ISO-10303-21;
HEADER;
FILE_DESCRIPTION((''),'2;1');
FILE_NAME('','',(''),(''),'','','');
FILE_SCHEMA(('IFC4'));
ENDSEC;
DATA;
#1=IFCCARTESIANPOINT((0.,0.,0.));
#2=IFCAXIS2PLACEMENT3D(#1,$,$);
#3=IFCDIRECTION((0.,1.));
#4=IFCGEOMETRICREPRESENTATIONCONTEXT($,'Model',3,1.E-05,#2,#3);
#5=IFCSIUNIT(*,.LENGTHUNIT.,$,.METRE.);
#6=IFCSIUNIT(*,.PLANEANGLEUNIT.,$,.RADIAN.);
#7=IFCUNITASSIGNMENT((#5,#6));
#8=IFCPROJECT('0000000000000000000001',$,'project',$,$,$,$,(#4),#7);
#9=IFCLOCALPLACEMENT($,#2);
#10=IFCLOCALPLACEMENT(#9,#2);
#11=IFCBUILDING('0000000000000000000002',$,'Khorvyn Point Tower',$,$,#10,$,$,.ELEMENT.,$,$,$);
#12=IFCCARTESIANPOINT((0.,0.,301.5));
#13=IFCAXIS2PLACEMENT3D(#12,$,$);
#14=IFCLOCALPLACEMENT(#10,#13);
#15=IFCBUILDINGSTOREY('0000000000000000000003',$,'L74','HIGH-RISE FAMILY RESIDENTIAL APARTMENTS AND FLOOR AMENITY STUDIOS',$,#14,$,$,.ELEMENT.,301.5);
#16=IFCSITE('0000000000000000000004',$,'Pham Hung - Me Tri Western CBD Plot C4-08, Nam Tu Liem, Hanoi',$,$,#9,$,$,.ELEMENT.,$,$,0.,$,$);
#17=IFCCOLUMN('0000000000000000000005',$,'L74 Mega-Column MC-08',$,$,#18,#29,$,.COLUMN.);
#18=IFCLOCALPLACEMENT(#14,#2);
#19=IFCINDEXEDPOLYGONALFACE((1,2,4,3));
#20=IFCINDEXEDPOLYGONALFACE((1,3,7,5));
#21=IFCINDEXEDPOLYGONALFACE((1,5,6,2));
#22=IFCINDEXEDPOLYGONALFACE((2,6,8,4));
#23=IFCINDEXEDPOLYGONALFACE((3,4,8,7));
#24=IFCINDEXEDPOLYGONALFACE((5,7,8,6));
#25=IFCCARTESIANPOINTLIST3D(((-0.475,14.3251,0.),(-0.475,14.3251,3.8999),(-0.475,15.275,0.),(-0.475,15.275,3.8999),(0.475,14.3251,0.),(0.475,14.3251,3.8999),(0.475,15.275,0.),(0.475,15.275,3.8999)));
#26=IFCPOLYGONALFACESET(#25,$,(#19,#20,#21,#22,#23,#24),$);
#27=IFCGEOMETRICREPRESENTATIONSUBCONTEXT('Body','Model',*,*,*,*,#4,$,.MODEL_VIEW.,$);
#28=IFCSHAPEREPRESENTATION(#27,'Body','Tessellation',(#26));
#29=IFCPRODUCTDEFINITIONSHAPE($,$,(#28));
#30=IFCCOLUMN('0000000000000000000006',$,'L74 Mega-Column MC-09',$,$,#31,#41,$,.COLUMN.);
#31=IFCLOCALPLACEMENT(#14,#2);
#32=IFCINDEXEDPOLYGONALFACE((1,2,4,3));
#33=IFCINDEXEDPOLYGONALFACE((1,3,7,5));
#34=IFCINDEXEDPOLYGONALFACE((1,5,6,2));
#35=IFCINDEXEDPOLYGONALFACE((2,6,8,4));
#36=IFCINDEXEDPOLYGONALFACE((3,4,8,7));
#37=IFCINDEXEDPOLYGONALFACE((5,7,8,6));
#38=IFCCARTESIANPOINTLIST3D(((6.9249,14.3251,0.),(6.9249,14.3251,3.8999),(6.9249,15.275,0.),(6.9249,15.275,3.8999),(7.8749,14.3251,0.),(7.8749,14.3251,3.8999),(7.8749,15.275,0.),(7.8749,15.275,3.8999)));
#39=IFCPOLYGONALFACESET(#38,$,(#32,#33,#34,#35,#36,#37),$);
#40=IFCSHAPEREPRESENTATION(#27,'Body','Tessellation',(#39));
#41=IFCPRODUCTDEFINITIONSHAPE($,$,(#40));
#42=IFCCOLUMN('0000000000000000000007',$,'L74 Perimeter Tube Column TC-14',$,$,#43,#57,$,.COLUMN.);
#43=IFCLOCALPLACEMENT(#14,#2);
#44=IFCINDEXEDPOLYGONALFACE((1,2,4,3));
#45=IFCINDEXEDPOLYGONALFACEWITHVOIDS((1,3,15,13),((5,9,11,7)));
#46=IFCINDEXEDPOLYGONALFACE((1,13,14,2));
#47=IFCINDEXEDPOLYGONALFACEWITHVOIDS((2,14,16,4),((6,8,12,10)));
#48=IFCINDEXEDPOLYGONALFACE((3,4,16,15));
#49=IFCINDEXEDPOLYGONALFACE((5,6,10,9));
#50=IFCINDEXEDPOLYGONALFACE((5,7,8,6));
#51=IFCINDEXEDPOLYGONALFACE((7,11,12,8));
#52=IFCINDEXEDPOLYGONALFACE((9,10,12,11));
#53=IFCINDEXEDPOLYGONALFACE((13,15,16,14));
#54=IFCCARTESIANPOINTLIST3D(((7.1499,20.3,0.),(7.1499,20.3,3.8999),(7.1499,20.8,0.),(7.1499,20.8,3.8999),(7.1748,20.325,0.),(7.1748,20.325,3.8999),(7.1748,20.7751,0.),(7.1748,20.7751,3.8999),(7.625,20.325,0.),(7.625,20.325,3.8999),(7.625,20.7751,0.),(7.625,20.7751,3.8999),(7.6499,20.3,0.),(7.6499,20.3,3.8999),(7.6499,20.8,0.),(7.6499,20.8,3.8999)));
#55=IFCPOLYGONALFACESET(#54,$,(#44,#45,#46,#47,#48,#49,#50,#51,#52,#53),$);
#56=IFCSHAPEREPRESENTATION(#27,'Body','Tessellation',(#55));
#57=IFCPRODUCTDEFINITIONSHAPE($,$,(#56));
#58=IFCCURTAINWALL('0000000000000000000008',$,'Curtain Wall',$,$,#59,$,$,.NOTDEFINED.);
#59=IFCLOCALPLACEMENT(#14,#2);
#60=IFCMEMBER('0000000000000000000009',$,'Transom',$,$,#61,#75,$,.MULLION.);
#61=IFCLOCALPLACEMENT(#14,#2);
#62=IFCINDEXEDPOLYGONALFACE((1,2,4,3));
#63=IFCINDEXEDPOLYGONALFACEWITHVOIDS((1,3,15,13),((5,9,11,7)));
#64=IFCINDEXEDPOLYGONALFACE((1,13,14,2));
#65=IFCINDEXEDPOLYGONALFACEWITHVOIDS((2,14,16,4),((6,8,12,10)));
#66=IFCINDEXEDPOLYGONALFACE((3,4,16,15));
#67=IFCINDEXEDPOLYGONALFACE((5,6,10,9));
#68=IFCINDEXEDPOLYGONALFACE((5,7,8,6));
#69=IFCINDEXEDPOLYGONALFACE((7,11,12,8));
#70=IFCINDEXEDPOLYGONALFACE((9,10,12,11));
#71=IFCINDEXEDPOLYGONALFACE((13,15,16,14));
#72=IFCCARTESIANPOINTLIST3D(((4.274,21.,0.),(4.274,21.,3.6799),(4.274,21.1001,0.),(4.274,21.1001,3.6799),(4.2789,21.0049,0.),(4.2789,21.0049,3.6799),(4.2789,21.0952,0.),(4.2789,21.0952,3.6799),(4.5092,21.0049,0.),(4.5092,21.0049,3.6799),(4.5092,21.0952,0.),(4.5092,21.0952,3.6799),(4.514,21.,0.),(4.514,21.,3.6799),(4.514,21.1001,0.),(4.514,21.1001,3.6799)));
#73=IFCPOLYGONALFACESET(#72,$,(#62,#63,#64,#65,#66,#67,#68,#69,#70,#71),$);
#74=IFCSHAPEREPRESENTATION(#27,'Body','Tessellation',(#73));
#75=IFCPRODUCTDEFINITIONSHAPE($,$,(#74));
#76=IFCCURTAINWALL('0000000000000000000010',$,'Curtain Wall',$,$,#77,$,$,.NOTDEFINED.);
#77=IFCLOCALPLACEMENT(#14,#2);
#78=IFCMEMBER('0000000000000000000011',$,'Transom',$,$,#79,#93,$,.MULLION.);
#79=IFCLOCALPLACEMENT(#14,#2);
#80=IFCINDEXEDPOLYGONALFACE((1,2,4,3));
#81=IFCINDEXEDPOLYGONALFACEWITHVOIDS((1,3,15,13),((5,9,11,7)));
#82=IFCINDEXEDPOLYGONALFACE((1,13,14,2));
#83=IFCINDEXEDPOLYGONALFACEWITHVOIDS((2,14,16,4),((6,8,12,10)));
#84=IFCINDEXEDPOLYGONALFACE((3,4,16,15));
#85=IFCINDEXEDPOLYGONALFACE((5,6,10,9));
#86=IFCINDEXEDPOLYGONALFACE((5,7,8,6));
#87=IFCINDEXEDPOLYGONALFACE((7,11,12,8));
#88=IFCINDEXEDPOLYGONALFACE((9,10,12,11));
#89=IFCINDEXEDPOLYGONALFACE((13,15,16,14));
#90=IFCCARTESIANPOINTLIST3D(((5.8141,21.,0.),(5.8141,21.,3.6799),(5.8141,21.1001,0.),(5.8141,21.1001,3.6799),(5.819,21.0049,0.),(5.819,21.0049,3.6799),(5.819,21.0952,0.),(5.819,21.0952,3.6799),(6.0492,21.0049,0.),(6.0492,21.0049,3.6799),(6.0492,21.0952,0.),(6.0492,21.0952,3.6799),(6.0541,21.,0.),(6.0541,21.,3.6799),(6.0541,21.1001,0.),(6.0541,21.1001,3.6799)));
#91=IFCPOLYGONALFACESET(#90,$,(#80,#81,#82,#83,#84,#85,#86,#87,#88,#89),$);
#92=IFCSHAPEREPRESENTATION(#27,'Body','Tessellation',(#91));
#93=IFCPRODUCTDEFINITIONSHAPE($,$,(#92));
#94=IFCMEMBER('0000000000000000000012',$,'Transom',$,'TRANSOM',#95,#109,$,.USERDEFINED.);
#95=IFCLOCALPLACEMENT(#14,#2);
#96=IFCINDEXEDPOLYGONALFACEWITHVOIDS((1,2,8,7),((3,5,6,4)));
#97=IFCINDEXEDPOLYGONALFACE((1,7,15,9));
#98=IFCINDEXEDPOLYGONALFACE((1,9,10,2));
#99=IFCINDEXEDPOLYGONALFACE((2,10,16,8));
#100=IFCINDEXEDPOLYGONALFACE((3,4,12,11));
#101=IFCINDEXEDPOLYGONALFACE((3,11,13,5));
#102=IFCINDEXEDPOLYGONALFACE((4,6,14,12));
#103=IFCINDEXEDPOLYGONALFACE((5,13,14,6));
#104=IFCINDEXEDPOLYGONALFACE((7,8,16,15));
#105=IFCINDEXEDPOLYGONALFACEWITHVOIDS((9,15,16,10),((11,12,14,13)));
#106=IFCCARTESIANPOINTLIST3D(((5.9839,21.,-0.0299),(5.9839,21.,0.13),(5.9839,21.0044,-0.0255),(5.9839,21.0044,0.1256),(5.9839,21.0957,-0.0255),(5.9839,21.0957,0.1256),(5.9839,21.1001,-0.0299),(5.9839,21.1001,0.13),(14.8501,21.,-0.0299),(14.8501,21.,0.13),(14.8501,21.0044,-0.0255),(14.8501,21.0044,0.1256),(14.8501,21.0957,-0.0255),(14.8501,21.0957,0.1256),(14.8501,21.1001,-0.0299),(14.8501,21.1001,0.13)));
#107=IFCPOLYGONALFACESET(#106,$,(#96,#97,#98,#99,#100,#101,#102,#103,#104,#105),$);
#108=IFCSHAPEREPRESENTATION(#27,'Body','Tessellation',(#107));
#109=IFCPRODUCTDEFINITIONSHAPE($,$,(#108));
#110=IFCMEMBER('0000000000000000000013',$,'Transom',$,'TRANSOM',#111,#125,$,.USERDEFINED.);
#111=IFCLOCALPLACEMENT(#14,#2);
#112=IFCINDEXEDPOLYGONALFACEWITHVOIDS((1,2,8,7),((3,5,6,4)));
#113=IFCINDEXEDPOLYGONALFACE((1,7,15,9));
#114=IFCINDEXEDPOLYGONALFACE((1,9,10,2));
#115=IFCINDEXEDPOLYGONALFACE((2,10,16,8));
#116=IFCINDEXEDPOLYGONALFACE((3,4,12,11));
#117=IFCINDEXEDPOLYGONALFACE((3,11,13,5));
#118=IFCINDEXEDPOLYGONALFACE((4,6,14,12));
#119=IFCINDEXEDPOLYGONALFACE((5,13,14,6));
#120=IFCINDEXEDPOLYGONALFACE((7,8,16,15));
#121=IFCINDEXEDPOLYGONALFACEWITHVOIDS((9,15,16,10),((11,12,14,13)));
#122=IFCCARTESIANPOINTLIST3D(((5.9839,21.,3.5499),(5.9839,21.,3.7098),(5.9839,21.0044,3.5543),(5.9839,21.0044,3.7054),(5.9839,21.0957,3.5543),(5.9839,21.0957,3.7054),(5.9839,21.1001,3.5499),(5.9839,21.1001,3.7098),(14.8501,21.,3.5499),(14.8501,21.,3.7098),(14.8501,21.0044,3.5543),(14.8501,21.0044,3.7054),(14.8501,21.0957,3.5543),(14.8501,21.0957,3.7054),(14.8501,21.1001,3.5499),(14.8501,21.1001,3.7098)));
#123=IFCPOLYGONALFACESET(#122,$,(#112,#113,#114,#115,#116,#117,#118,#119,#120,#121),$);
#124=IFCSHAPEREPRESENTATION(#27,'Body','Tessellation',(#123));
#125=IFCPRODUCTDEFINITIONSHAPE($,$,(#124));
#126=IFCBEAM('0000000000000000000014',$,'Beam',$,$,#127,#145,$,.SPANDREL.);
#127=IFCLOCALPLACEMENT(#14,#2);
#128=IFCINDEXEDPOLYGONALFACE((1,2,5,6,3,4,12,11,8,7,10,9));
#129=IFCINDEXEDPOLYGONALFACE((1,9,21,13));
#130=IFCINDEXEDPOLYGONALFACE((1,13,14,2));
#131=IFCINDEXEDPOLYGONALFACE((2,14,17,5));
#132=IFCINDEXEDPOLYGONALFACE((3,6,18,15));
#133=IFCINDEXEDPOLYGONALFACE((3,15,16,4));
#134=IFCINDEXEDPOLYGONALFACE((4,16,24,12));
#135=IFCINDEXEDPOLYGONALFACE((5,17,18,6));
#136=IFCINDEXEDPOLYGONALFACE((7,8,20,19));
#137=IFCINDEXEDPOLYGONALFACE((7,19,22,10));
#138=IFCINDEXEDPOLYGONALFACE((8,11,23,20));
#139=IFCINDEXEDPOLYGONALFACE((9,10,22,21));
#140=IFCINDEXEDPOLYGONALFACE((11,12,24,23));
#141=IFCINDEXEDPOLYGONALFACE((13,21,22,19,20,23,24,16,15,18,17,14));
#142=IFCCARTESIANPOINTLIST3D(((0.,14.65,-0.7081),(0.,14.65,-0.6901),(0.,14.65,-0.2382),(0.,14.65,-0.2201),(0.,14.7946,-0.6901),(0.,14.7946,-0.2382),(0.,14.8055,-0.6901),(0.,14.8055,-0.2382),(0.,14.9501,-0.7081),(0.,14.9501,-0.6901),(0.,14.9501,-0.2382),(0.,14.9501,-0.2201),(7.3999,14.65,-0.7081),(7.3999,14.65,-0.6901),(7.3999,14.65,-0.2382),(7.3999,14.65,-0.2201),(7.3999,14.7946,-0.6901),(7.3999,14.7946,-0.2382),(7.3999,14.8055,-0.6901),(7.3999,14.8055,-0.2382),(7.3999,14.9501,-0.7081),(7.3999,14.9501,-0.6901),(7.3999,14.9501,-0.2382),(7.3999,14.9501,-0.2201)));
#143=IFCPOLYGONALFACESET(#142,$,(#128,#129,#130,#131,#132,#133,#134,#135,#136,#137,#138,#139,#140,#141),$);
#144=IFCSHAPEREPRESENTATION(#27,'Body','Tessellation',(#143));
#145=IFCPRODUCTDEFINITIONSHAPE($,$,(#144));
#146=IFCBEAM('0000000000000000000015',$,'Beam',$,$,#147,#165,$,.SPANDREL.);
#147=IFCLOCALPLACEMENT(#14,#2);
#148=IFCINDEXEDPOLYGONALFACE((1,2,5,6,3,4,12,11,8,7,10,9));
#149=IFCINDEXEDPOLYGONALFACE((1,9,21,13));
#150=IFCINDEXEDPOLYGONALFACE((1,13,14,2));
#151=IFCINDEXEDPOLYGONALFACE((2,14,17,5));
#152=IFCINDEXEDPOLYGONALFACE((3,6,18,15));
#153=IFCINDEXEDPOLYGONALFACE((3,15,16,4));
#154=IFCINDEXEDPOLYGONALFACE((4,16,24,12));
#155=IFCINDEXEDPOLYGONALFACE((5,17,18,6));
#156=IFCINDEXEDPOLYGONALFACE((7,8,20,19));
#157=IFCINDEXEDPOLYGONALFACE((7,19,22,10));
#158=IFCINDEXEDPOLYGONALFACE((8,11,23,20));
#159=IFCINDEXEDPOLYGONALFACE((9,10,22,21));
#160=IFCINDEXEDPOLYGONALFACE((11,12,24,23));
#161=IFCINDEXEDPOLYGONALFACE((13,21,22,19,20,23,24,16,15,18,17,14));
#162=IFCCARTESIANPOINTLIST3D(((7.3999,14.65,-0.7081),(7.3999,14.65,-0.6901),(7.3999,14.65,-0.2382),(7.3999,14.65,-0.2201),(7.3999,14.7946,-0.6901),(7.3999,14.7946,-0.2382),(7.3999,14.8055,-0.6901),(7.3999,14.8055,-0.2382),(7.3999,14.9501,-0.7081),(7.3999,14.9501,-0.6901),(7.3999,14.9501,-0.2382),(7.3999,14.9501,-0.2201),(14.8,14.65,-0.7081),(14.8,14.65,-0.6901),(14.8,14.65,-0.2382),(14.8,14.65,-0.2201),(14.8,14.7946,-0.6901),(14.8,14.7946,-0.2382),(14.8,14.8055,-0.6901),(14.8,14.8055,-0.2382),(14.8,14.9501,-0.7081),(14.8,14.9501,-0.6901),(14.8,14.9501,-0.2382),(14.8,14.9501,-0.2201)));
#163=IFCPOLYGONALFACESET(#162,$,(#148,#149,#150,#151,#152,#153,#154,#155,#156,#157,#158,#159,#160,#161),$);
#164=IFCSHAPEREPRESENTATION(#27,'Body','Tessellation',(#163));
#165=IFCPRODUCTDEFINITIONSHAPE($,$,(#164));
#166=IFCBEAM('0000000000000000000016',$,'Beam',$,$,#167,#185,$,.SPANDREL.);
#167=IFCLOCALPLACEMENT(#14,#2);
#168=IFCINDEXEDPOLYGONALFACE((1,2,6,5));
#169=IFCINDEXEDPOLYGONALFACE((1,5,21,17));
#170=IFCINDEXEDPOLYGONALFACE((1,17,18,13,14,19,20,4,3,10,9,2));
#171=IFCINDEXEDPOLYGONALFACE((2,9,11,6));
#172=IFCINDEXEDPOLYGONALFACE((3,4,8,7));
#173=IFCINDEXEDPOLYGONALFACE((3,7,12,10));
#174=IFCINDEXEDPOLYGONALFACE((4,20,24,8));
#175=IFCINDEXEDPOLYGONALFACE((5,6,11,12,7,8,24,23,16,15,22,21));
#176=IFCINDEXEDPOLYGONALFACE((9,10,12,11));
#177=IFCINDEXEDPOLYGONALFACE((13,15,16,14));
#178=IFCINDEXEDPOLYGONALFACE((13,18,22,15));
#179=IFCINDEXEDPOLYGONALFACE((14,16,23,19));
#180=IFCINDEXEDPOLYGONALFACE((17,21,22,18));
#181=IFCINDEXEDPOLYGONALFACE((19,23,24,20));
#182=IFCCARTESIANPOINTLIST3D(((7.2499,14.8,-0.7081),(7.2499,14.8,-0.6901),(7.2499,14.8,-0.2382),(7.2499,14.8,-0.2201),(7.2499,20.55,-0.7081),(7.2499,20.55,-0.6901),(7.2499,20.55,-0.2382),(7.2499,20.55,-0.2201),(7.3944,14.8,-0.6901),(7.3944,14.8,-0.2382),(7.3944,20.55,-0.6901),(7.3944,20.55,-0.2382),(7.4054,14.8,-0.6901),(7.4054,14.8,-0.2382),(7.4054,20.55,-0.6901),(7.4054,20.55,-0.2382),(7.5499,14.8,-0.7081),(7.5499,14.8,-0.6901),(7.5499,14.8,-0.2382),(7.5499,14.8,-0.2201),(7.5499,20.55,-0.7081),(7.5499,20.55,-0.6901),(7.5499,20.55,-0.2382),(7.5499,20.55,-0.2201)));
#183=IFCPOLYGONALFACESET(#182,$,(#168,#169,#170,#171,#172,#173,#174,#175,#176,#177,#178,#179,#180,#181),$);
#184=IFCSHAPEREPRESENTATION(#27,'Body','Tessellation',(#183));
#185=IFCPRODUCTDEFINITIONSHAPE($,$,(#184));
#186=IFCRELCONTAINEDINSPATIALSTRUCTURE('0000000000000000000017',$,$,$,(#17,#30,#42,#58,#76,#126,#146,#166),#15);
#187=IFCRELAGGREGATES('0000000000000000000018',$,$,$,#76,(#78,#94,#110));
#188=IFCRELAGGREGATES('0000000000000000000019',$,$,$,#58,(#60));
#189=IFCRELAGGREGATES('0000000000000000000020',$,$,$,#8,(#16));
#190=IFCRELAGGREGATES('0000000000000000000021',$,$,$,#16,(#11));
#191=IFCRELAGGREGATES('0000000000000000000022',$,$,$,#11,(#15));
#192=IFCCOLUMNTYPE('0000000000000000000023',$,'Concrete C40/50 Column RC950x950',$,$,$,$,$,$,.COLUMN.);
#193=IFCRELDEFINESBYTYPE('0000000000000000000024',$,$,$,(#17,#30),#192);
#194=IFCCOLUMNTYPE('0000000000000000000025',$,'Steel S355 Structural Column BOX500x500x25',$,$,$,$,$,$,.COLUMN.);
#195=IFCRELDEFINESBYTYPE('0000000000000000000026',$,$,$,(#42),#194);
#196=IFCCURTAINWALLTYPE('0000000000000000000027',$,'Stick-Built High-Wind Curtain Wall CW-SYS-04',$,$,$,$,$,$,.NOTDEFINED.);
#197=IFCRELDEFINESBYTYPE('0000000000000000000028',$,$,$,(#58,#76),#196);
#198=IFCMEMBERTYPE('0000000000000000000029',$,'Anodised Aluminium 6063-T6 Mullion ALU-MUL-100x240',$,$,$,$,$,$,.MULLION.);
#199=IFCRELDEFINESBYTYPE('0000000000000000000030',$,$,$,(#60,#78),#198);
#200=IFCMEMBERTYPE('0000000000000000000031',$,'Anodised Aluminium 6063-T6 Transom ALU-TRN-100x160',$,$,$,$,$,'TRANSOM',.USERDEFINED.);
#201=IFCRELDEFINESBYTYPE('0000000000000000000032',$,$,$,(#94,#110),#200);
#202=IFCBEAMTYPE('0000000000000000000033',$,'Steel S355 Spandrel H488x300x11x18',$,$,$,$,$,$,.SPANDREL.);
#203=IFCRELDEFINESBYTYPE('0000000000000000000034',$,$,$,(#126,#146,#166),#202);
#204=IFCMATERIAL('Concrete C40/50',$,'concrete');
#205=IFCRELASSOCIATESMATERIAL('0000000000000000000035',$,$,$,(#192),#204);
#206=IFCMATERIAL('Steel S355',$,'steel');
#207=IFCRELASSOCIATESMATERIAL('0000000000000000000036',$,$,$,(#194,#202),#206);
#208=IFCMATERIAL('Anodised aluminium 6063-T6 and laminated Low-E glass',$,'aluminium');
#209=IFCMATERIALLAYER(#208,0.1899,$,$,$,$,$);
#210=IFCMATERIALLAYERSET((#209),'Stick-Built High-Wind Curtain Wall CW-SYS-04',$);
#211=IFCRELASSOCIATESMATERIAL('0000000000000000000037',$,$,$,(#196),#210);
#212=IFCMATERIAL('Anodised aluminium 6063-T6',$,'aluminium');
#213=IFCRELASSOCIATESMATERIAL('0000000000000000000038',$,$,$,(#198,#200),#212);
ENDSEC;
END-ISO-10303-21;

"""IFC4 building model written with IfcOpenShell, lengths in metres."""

from ifc_helpers import new_model, si_unit, direction, frame, origin, origin_2d, place, context, subcontext, project, spatial, rectangle, hollow_rectangle, i_section, extrude, material, layer, layer_set, material_profile, profile_set, type_object, element, aggregate, save


model = new_model("IFC4")

# Units and contexts
model_context = context("Model", 3, precision=1e-05, world=origin(), true_north=direction((0.0, 1.0)))
body_context = subcontext(model_context, "Body", "Model", "MODEL_VIEW")
ifc_project = project(units=[si_unit("LENGTHUNIT", "METRE"), si_unit("PLANEANGLEUNIT", "RADIAN")], contexts=[model_context])

# Site, building, storey
site_placement = place(None, origin())
site = spatial("IfcSite", under=ifc_project, at=site_placement, Name="Pham Hung - Me Tri Western CBD Plot C4-08, Nam Tu Liem, Hanoi", CompositionType="ELEMENT", RefElevation=0.0)
building_placement = place(site_placement, origin())
building = spatial("IfcBuilding", under=site, at=building_placement, Name="Khorvyn Point Tower", CompositionType="ELEMENT")
storey_placement = place(building_placement, frame((0.0, 0.0, 301.5)))
storey = spatial("IfcBuildingStorey", under=building, at=storey_placement, Name="L74", Description="HIGH-RISE FAMILY RESIDENTIAL APARTMENTS AND FLOOR AMENITY STUDIOS", CompositionType="ELEMENT", Elevation=301.5)

# Columns
ifc_material_1 = material(Name="Concrete C40/50", Category="concrete")
ifc_material_profile_1 = material_profile(ifc_material_1, rectangle(XDim=0.95, YDim=0.95, at=origin_2d()))
ifc_profile_set_1 = profile_set([ifc_material_profile_1], Name="Concrete C40/50 RC950x950")
column_type_1 = type_object("IfcColumnType", Name="Concrete C40/50 Column RC950x950", PredefinedType="COLUMN", material=ifc_profile_set_1)
for number, where, z_axis, x_axis, name in (
    (1, (0.0, 14.8, 0.0), (0.0, 0.0, 1.0), (1.0, 0.0, 0.0), "L74 Mega-Column MC-08"),
    (2, (7.3999, 14.8, 0.0), (0.0, 0.0, 1.0), (1.0, 0.0, 0.0), "L74 Mega-Column MC-09"),
):
    element("IfcColumn", number, at=place(storey_placement, frame(where, z_axis=z_axis, x_axis=x_axis)), inside=storey, type_object=column_type_1, Name=name, PredefinedType="COLUMN", context=body_context, shape_type="SweptSolid", body=[
        extrude(rectangle(XDim=0.95, YDim=0.95, at=origin_2d()), origin(), (0.0, 0.0, 1.0), 3.8999),
    ])
ifc_material_2 = material(Name="Steel S355", Category="steel")
ifc_material_profile_2 = material_profile(ifc_material_2, hollow_rectangle(XDim=0.5, YDim=0.5, WallThickness=0.0249, at=origin_2d()))
ifc_profile_set_2 = profile_set([ifc_material_profile_2], Name="Steel S355 BOX500x500x25")
column_type_2 = type_object("IfcColumnType", Name="Steel S355 Structural Column BOX500x500x25", PredefinedType="COLUMN", material=ifc_profile_set_2)
column_placement = place(storey_placement, frame((7.3999, 20.55, 0.0), z_axis=(0.0, 0.0, 1.0), x_axis=(1.0, 0.0, 0.0)))
element("IfcColumn", 3, at=column_placement, inside=storey, type_object=column_type_2, Name="L74 Perimeter Tube Column TC-14", PredefinedType="COLUMN", context=body_context, shape_type="SweptSolid", body=[
    extrude(hollow_rectangle(XDim=0.5, YDim=0.5, WallThickness=0.0249, at=origin_2d()), origin(), (0.0, 0.0, 1.0), 3.8999),
])

# Curtain wall, member
ifc_material_3 = material(Name="Anodised aluminium 6063-T6 and laminated Low-E glass", Category="aluminium")
ifc_layer_1 = layer(ifc_material_3, 0.1899)
ifc_layer_set_1 = layer_set([ifc_layer_1], Name="Stick-Built High-Wind Curtain Wall CW-SYS-04")
curtain_wall_type = type_object("IfcCurtainWallType", Name="Stick-Built High-Wind Curtain Wall CW-SYS-04", PredefinedType="NOTDEFINED", material=ifc_layer_set_1)
curtain_wall_1_placement = place(storey_placement, origin())
curtain_wall_1 = element("IfcCurtainWall", 4, at=curtain_wall_1_placement, inside=storey, type_object=curtain_wall_type, Name="Curtain Wall", PredefinedType="NOTDEFINED")
ifc_material_4 = material(Name="Anodised aluminium 6063-T6", Category="aluminium")
ifc_material_profile_3 = material_profile(ifc_material_4, hollow_rectangle(XDim=0.1001, YDim=0.24, WallThickness=0.0049, at=origin_2d()))
ifc_profile_set_3 = profile_set([ifc_material_profile_3], Name="Anodised aluminium 6063-T6 ALU-MUL-100x240")
member_type_1 = type_object("IfcMemberType", Name="Anodised Aluminium 6063-T6 Mullion ALU-MUL-100x240", PredefinedType="MULLION", material=ifc_profile_set_3)
member_1_placement = place(storey_placement, frame((4.394, 21.05, 0.0), z_axis=(0.0, 0.0, 1.0), x_axis=(0.0, 1.0, 0.0)))
member_1 = element("IfcMember", 5, at=member_1_placement, type_object=member_type_1, Name="Transom", PredefinedType="MULLION", context=body_context, shape_type="SweptSolid", body=[
    extrude(hollow_rectangle(XDim=0.1001, YDim=0.24, WallThickness=0.0049, at=origin_2d()), origin(), (0.0, 0.0, 1.0), 3.6799),
])

# Curtain wall, members
curtain_wall_2_placement = place(storey_placement, origin())
curtain_wall_2 = element("IfcCurtainWall", 6, at=curtain_wall_2_placement, inside=storey, type_object=curtain_wall_type, Name="Curtain Wall", PredefinedType="NOTDEFINED")
member_2_placement = place(storey_placement, frame((5.9341, 21.05, 0.0), z_axis=(0.0, 0.0, 1.0), x_axis=(0.0, 1.0, 0.0)))
member_2 = element("IfcMember", 7, at=member_2_placement, type_object=member_type_1, Name="Transom", PredefinedType="MULLION", context=body_context, shape_type="SweptSolid", body=[
    extrude(hollow_rectangle(XDim=0.1001, YDim=0.24, WallThickness=0.0049, at=origin_2d()), origin(), (0.0, 0.0, 1.0), 3.6799),
])
ifc_material_profile_4 = material_profile(ifc_material_4, hollow_rectangle(XDim=0.1001, YDim=0.1599, WallThickness=0.0044, at=origin_2d()))
ifc_profile_set_4 = profile_set([ifc_material_profile_4], Name="Anodised aluminium 6063-T6 ALU-TRN-100x160")
member_type_2 = type_object("IfcMemberType", Name="Anodised Aluminium 6063-T6 Transom ALU-TRN-100x160", ElementType="TRANSOM", PredefinedType="USERDEFINED", material=ifc_profile_set_4)
member_3_placement = place(storey_placement, frame((5.9839, 21.05, 0.05), z_axis=(1.0, 0.0, 0.0), x_axis=(0.0, 1.0, 0.0)))
member_3 = element("IfcMember", 8, at=member_3_placement, type_object=member_type_2, Name="Transom", ObjectType="TRANSOM", PredefinedType="USERDEFINED", context=body_context, shape_type="SweptSolid", body=[
    extrude(hollow_rectangle(XDim=0.1001, YDim=0.1599, WallThickness=0.0044, at=origin_2d()), origin(), (0.0, 0.0, 1.0), 8.8662),
])
member_4_placement = place(storey_placement, frame((5.9839, 21.05, 3.6299), z_axis=(1.0, 0.0, 0.0), x_axis=(0.0, 1.0, 0.0)))
member_4 = element("IfcMember", 9, at=member_4_placement, type_object=member_type_2, Name="Transom", ObjectType="TRANSOM", PredefinedType="USERDEFINED", context=body_context, shape_type="SweptSolid", body=[
    extrude(hollow_rectangle(XDim=0.1001, YDim=0.1599, WallThickness=0.0044, at=origin_2d()), origin(), (0.0, 0.0, 1.0), 8.8662),
])
aggregate(curtain_wall_2, [member_2, member_3, member_4])

# Beams
ifc_material_profile_5 = material_profile(ifc_material_2, i_section(OverallWidth=0.3, OverallDepth=0.488, WebThickness=0.011, FlangeThickness=0.0181, at=origin_2d()))
ifc_profile_set_5 = profile_set([ifc_material_profile_5], Name="Steel S355 H488x300x11x18")
beam_type_1 = type_object("IfcBeamType", Name="Steel S355 Spandrel H488x300x11x18", PredefinedType="SPANDREL", material=ifc_profile_set_5)
beam_1_placement = place(storey_placement, frame((0.0, 14.8, -0.4641), z_axis=(1.0, 0.0, 0.0), x_axis=(0.0, 1.0, 0.0)))
element("IfcBeam", 10, at=beam_1_placement, inside=storey, type_object=beam_type_1, Name="Beam", PredefinedType="SPANDREL", context=body_context, shape_type="SweptSolid", body=[
    extrude(i_section(OverallWidth=0.3, OverallDepth=0.488, WebThickness=0.011, FlangeThickness=0.0181, at=origin_2d()), origin(), (0.0, 0.0, 1.0), 7.3999),
])
beam_2_placement = place(storey_placement, frame((7.3999, 14.8, -0.4641), z_axis=(1.0, 0.0, 0.0), x_axis=(0.0, 1.0, 0.0)))
element("IfcBeam", 11, at=beam_2_placement, inside=storey, type_object=beam_type_1, Name="Beam", PredefinedType="SPANDREL", context=body_context, shape_type="SweptSolid", body=[
    extrude(i_section(OverallWidth=0.3, OverallDepth=0.488, WebThickness=0.011, FlangeThickness=0.0181, at=origin_2d()), origin(), (0.0, 0.0, 1.0), 7.4001),
])
beam_3_placement = place(storey_placement, frame((7.3999, 14.8, -0.4641), z_axis=(0.0, 1.0, 0.0), x_axis=(-1.0, 0.0, 0.0)))
element("IfcBeam", 12, at=beam_3_placement, inside=storey, type_object=beam_type_1, Name="Beam", PredefinedType="SPANDREL", context=body_context, shape_type="SweptSolid", body=[
    extrude(i_section(OverallWidth=0.3, OverallDepth=0.488, WebThickness=0.011, FlangeThickness=0.0181, at=origin_2d()), origin(), (0.0, 0.0, 1.0), 5.75),
])

aggregate(curtain_wall_1, [member_1])

save(model, "model.ifc")
